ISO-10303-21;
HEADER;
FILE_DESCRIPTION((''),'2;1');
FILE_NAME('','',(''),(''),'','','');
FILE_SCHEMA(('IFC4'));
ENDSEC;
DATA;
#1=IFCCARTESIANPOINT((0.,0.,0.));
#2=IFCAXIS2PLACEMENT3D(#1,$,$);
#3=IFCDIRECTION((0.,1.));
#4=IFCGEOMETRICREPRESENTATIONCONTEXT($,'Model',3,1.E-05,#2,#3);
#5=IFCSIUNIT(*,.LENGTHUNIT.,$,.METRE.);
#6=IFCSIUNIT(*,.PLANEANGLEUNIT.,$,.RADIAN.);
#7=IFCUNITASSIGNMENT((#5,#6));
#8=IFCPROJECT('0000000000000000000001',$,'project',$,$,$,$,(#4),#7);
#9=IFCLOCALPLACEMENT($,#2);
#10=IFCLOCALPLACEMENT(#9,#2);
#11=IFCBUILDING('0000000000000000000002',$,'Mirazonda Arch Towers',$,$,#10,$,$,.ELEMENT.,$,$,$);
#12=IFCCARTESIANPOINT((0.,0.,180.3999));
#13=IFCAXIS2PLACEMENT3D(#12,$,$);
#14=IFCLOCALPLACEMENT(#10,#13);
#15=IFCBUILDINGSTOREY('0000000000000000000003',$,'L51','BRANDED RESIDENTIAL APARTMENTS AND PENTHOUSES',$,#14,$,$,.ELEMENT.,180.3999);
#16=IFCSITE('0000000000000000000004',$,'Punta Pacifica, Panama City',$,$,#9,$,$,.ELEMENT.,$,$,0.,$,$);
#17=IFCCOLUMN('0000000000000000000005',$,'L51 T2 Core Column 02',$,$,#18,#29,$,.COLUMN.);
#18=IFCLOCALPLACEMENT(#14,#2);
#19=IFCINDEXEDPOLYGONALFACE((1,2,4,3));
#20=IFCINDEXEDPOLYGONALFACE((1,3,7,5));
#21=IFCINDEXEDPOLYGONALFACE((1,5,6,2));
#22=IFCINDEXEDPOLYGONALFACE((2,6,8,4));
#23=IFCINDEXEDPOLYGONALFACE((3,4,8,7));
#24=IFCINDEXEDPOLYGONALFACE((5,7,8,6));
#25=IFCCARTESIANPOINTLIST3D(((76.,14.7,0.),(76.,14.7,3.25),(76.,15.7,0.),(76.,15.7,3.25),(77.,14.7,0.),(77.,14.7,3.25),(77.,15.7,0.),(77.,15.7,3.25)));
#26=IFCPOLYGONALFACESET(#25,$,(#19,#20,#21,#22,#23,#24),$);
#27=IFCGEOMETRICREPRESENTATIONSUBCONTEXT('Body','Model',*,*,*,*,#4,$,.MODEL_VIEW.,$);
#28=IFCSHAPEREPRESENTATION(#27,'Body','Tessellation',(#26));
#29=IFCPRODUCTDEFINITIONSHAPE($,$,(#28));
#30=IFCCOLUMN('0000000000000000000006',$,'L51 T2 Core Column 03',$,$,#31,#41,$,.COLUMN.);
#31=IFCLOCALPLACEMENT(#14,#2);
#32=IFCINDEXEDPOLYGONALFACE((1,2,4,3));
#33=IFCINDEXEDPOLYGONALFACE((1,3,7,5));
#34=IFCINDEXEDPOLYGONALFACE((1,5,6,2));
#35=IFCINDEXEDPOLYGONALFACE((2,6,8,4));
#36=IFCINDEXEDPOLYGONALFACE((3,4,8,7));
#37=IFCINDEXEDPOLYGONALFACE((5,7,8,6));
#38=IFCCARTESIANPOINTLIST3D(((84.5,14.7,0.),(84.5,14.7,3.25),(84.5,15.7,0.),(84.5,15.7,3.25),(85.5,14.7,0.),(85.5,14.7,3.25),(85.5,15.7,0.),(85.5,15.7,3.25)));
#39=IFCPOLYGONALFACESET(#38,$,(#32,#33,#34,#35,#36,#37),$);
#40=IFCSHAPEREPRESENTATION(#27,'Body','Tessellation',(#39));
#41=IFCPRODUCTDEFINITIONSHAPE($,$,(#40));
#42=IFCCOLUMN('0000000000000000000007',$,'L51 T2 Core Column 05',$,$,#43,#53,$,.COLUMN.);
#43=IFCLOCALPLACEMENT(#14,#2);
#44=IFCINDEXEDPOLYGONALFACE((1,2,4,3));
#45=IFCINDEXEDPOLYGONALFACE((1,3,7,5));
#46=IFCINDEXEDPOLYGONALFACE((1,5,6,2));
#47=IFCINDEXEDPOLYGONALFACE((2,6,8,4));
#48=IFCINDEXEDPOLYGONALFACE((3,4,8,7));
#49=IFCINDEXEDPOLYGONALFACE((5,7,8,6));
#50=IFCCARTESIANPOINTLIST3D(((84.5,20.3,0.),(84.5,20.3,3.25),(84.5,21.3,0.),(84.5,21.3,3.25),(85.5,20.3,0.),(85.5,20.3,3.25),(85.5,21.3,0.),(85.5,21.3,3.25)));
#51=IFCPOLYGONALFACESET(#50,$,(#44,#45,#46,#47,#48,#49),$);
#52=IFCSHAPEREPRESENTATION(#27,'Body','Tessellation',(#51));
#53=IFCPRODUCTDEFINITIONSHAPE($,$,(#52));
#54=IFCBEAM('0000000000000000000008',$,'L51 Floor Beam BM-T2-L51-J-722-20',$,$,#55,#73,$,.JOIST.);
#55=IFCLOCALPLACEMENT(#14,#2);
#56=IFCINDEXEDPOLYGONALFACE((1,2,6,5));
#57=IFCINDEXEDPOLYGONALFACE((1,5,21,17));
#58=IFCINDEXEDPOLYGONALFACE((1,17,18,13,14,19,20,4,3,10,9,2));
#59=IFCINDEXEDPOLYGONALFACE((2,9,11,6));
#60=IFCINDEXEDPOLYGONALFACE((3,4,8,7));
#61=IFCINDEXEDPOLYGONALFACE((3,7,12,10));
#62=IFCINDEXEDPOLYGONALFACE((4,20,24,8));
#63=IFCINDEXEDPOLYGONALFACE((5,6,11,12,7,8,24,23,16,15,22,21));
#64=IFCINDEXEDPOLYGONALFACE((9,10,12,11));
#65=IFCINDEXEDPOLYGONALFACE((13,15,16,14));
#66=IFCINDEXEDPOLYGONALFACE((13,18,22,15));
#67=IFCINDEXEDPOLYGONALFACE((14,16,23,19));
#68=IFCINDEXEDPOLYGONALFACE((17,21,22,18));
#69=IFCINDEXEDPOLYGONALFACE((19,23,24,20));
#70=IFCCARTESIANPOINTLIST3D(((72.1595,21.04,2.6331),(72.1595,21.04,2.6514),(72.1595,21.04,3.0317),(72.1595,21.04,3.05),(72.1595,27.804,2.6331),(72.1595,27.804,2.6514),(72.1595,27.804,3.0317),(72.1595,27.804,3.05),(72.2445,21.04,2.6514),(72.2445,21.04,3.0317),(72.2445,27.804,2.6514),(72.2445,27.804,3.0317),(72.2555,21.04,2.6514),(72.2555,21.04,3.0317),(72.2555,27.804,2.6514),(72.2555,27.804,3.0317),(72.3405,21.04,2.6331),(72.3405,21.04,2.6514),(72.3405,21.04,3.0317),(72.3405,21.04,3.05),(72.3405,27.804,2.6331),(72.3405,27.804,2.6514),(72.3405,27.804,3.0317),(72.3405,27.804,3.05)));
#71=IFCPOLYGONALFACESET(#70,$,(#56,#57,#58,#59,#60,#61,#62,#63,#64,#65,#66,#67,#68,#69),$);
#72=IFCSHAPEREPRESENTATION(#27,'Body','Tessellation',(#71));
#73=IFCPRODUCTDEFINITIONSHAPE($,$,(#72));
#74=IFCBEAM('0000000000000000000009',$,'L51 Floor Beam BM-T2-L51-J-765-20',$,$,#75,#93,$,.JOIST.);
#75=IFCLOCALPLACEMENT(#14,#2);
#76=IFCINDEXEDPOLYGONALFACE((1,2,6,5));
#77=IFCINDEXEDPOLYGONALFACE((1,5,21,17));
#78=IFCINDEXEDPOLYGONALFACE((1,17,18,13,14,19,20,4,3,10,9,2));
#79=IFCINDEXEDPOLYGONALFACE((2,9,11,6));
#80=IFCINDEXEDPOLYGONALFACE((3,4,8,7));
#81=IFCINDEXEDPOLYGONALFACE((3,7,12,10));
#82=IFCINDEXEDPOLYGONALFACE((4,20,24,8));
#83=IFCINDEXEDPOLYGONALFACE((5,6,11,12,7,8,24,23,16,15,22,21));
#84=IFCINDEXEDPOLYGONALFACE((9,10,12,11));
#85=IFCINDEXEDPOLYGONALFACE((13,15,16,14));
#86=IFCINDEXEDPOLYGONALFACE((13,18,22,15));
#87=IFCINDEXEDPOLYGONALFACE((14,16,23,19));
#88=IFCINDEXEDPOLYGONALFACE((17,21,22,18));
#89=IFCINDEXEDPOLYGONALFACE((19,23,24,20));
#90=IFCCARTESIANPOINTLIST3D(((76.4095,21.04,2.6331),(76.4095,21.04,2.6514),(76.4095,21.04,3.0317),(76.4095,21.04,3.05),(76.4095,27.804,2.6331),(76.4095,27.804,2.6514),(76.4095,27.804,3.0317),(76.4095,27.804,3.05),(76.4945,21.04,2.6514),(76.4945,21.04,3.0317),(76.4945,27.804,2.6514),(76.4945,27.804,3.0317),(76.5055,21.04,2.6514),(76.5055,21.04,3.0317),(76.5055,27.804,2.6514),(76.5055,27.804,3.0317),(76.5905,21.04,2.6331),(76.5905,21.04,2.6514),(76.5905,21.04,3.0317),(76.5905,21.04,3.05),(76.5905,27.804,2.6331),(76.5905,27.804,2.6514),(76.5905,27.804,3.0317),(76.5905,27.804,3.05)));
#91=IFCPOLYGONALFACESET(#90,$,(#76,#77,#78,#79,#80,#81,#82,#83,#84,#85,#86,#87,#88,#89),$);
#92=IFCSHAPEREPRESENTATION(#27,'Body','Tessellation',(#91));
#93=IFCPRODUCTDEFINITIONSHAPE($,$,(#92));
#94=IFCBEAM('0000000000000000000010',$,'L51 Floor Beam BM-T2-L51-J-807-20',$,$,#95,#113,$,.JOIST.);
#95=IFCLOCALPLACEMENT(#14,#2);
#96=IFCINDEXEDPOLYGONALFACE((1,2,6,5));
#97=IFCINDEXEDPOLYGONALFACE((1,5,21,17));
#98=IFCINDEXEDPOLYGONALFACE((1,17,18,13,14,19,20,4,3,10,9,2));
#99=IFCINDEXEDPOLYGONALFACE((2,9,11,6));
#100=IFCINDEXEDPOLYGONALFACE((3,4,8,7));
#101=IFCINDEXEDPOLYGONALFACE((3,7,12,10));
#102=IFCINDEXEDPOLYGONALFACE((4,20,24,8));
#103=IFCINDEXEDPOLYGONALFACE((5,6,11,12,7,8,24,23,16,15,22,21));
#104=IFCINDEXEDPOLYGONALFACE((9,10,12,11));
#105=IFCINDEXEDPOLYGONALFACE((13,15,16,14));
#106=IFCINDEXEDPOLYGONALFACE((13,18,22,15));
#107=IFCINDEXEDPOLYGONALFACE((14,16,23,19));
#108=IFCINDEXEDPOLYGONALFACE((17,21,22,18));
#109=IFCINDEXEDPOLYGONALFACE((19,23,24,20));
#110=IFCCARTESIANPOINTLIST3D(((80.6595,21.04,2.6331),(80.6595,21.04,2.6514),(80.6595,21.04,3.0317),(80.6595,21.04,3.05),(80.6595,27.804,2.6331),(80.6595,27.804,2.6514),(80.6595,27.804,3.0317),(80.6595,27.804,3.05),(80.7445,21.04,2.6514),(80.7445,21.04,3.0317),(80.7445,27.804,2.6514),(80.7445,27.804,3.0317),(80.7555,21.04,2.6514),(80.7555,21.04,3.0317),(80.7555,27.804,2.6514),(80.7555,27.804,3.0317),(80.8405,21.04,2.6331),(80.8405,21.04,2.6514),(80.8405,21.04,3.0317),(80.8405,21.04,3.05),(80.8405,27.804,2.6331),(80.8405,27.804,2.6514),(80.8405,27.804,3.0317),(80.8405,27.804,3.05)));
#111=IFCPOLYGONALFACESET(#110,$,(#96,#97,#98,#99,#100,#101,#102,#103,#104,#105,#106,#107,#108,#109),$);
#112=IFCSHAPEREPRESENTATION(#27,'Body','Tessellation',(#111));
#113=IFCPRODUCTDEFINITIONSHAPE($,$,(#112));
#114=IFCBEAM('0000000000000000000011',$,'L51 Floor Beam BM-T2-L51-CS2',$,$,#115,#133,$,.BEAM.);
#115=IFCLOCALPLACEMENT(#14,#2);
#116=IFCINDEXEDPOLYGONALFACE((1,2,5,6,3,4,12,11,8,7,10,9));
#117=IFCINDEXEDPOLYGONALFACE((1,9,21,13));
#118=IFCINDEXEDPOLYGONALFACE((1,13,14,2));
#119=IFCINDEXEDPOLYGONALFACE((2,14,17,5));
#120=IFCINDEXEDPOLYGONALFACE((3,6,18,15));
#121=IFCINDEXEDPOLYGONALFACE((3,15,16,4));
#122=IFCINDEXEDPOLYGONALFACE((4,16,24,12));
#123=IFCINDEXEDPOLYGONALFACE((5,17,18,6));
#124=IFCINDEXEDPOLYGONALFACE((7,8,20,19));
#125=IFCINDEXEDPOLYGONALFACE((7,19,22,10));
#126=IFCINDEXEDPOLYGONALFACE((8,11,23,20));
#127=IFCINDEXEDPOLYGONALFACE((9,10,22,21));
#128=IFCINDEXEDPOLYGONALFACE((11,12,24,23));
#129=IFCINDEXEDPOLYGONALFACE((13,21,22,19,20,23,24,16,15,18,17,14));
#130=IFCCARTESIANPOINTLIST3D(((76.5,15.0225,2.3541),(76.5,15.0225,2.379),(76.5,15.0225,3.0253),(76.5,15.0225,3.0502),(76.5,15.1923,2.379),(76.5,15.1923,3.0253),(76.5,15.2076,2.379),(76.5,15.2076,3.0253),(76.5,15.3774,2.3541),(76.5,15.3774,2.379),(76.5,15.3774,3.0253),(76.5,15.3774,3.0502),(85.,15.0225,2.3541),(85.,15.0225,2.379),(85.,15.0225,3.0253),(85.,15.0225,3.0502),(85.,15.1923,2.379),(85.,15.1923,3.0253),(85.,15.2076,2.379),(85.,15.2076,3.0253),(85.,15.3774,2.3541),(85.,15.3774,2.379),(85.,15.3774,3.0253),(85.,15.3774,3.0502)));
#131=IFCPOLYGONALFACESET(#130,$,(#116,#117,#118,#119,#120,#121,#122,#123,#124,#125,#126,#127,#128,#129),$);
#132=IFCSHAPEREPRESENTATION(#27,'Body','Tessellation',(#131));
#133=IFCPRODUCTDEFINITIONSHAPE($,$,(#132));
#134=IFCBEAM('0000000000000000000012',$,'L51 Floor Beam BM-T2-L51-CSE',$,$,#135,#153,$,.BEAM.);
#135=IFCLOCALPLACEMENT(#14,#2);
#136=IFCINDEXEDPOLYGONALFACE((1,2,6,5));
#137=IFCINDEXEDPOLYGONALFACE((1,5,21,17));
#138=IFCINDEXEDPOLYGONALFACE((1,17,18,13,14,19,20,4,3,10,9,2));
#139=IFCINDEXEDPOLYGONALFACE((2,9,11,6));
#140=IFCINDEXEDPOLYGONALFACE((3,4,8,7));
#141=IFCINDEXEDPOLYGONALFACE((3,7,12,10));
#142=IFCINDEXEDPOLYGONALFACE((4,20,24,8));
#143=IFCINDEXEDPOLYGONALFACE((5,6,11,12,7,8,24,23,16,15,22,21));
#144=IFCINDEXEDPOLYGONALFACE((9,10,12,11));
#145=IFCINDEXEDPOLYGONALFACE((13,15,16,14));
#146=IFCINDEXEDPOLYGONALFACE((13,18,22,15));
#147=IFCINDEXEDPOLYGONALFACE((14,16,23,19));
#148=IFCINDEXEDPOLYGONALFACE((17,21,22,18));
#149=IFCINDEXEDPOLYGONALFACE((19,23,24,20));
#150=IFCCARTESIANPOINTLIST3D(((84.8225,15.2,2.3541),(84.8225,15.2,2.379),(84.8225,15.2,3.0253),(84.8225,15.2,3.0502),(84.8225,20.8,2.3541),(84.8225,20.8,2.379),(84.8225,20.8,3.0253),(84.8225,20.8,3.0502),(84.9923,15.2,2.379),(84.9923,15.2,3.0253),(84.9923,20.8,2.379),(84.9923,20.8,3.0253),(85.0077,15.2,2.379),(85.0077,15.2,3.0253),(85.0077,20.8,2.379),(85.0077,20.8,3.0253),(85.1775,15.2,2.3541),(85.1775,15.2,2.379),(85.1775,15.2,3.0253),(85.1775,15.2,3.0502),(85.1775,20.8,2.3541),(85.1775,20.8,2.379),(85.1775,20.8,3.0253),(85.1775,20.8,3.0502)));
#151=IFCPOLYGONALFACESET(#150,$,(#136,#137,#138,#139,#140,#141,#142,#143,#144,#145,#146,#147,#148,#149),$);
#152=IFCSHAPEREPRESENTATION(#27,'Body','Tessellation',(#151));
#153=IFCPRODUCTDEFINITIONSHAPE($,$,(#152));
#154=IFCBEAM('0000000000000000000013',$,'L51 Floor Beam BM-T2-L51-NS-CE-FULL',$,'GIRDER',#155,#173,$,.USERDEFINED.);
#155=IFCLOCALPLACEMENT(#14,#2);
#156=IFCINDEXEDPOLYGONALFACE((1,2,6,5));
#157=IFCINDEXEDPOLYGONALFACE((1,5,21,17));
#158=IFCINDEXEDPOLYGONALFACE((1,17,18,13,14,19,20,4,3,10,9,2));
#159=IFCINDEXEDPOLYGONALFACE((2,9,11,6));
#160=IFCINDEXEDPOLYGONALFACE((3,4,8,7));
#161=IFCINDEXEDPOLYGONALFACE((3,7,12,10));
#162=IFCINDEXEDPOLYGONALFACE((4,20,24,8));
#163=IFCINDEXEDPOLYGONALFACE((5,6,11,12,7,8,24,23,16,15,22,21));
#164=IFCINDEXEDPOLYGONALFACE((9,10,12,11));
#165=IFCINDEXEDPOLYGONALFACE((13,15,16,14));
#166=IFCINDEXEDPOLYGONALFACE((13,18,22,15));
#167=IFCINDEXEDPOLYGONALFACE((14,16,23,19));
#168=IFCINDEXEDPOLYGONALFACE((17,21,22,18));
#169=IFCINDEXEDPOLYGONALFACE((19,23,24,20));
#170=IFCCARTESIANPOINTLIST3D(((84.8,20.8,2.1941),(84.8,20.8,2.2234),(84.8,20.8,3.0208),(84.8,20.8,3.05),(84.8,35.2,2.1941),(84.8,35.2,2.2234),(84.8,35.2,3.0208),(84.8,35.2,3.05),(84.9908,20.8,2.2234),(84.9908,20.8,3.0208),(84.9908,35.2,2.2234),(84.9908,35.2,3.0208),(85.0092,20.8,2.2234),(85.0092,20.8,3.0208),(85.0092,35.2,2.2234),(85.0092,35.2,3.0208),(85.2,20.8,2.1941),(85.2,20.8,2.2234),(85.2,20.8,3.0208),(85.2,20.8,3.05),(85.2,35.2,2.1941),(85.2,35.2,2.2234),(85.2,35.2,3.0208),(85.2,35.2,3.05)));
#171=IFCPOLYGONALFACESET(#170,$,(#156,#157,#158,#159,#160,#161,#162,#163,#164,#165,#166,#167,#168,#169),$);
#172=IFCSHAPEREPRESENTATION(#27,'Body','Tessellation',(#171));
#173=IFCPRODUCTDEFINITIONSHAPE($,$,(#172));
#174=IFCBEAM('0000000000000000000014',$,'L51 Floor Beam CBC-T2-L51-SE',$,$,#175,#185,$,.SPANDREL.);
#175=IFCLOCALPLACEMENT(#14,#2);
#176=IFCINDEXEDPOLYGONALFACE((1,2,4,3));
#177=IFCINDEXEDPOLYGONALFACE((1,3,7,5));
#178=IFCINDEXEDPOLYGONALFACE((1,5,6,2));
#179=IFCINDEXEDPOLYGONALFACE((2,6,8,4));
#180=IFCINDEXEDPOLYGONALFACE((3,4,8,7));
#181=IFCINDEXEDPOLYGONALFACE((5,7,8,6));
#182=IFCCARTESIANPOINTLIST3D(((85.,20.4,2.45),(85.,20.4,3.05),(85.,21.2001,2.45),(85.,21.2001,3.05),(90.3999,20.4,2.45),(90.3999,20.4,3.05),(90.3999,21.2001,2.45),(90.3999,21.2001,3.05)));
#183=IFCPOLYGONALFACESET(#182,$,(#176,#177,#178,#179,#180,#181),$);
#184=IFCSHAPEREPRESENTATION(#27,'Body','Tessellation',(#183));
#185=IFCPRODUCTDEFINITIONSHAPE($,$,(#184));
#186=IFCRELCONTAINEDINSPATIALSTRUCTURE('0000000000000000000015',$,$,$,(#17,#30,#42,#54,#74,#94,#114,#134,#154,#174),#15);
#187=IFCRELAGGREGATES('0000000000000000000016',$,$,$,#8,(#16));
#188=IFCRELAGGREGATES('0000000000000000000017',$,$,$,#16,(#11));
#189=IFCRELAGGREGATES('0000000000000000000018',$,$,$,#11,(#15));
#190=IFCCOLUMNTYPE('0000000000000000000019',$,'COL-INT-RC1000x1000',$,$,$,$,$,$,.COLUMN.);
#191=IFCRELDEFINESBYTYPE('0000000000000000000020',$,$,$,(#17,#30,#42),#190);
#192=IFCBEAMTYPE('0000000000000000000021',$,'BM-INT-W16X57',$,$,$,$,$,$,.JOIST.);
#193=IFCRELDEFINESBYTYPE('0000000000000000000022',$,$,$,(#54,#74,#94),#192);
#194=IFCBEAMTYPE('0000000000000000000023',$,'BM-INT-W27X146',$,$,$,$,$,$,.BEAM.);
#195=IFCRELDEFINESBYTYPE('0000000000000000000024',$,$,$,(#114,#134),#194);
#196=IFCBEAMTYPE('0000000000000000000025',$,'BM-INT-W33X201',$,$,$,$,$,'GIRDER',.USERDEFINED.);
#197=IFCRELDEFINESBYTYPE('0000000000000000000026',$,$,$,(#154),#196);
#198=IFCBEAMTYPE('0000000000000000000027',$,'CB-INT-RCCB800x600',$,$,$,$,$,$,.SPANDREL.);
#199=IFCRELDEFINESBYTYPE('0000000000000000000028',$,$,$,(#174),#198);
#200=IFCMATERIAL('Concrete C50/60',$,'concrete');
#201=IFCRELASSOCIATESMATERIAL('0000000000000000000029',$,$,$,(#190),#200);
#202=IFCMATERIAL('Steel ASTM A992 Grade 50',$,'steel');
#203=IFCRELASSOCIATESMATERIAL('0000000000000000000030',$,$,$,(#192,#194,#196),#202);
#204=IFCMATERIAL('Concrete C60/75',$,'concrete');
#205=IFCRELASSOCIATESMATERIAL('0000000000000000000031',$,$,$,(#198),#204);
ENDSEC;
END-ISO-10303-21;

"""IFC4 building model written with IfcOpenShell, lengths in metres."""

from ifc_helpers import new_model, si_unit, direction, frame, origin, origin_2d, place, context, subcontext, project, spatial, rectangle, i_section, extrude, material, material_profile, profile_set, type_object, element, save


model = new_model("IFC4")

# Units and contexts
model_context = context("Model", 3, precision=1e-05, world=origin(), true_north=direction((0.0, 1.0)))
body_context = subcontext(model_context, "Body", "Model", "MODEL_VIEW")
ifc_project = project(units=[si_unit("LENGTHUNIT", "METRE"), si_unit("PLANEANGLEUNIT", "RADIAN")], contexts=[model_context])

# Site, building, storey
site_placement = place(None, origin())
site = spatial("IfcSite", under=ifc_project, at=site_placement, Name="Punta Pacifica, Panama City", CompositionType="ELEMENT", RefElevation=0.0)
building_placement = place(site_placement, origin())
building = spatial("IfcBuilding", under=site, at=building_placement, Name="Mirazonda Arch Towers", CompositionType="ELEMENT")
storey_placement = place(building_placement, frame((0.0, 0.0, 180.3999)))
storey = spatial("IfcBuildingStorey", under=building, at=storey_placement, Name="L51", Description="BRANDED RESIDENTIAL APARTMENTS AND PENTHOUSES", CompositionType="ELEMENT", Elevation=180.3999)

# Columns
ifc_material_1 = material(Name="Concrete C50/60", Category="concrete")
ifc_material_profile_1 = material_profile(ifc_material_1, rectangle(XDim=1.0, YDim=1.0, at=origin_2d()), Name="RC1000x1000")
ifc_profile_set_1 = profile_set([ifc_material_profile_1], Name="Concrete C50/60")
column_type = type_object("IfcColumnType", Name="COL-INT-RC1000x1000", PredefinedType="COLUMN", material=ifc_profile_set_1)
for number, where, z_axis, x_axis, name in (
    (1, (76.5, 15.2, 0.0), (0.0, 0.0, 1.0), (1.0, 0.0, 0.0), "L51 T2 Core Column 02"),
    (2, (85.0, 15.2, 0.0), (0.0, 0.0, 1.0), (1.0, 0.0, 0.0), "L51 T2 Core Column 03"),
    (3, (85.0, 20.8, 0.0), (0.0, 0.0, 1.0), (1.0, 0.0, 0.0), "L51 T2 Core Column 05"),
):
    element("IfcColumn", number, at=place(storey_placement, frame(where, z_axis=z_axis, x_axis=x_axis)), inside=storey, type_object=column_type, Name=name, PredefinedType="COLUMN", context=body_context, shape_type="SweptSolid", body=[
        extrude(rectangle(XDim=1.0, YDim=1.0, at=origin_2d()), origin(), (0.0, 0.0, 1.0), 3.25),
    ])

# Beams
ifc_material_2 = material(Name="Steel ASTM A992 Grade 50", Category="steel")
ifc_material_profile_2 = material_profile(ifc_material_2, i_section(OverallWidth=0.1809, OverallDepth=0.417, WebThickness=0.011, FlangeThickness=0.0183, at=origin_2d()), Name="W16X57")
ifc_profile_set_2 = profile_set([ifc_material_profile_2], Name="Steel ASTM A992 Grade 50")
beam_type_1 = type_object("IfcBeamType", Name="BM-INT-W16X57", PredefinedType="JOIST", material=ifc_profile_set_2)
for number, where, z_axis, x_axis, name in (
    (4, (72.25, 21.04, 2.8416), (0.0, 1.0, 0.0), (-1.0, 0.0, 0.0), "L51 Floor Beam BM-T2-L51-J-722-20"),
    (5, (76.5, 21.04, 2.8416), (0.0, 1.0, 0.0), (-1.0, 0.0, 0.0), "L51 Floor Beam BM-T2-L51-J-765-20"),
    (6, (80.75, 21.04, 2.8416), (0.0, 1.0, 0.0), (-1.0, 0.0, 0.0), "L51 Floor Beam BM-T2-L51-J-807-20"),
):
    element("IfcBeam", number, at=place(storey_placement, frame(where, z_axis=z_axis, x_axis=x_axis)), inside=storey, type_object=beam_type_1, Name=name, PredefinedType="JOIST", context=body_context, shape_type="SweptSolid", body=[
        extrude(i_section(OverallWidth=0.1809, OverallDepth=0.417, WebThickness=0.011, FlangeThickness=0.0183, at=origin_2d()), origin(), (0.0, 0.0, 1.0), 6.7639),
    ])
ifc_material_profile_3 = material_profile(ifc_material_2, i_section(OverallWidth=0.355, OverallDepth=0.696, WebThickness=0.0154, FlangeThickness=0.0249, at=origin_2d()), Name="W27X146")
ifc_profile_set_3 = profile_set([ifc_material_profile_3], Name="Steel ASTM A992 Grade 50")
beam_type_2 = type_object("IfcBeamType", Name="BM-INT-W27X146", PredefinedType="BEAM", material=ifc_profile_set_3)
beam_1_placement = place(storey_placement, frame((76.5, 15.2, 2.7021), z_axis=(1.0, 0.0, 0.0), x_axis=(0.0, 1.0, 0.0)))
element("IfcBeam", 7, at=beam_1_placement, inside=storey, type_object=beam_type_2, Name="L51 Floor Beam BM-T2-L51-CS2", PredefinedType="BEAM", context=body_context, shape_type="SweptSolid", body=[
    extrude(i_section(OverallWidth=0.355, OverallDepth=0.696, WebThickness=0.0154, FlangeThickness=0.0249, at=origin_2d()), origin(), (0.0, 0.0, 1.0), 8.5),
])
beam_2_placement = place(storey_placement, frame((85.0, 15.2, 2.7021), z_axis=(0.0, 1.0, 0.0), x_axis=(-1.0, 0.0, 0.0)))
element("IfcBeam", 8, at=beam_2_placement, inside=storey, type_object=beam_type_2, Name="L51 Floor Beam BM-T2-L51-CSE", PredefinedType="BEAM", context=body_context, shape_type="SweptSolid", body=[
    extrude(i_section(OverallWidth=0.355, OverallDepth=0.696, WebThickness=0.0154, FlangeThickness=0.0249, at=origin_2d()), origin(), (0.0, 0.0, 1.0), 5.6001),
])
ifc_material_profile_4 = material_profile(ifc_material_2, i_section(OverallWidth=0.3999, OverallDepth=0.856, WebThickness=0.0183, FlangeThickness=0.0293, at=origin_2d()), Name="W33X201")
ifc_profile_set_4 = profile_set([ifc_material_profile_4], Name="Steel ASTM A992 Grade 50")
beam_type_3 = type_object("IfcBeamType", Name="BM-INT-W33X201", ElementType="GIRDER", PredefinedType="USERDEFINED", material=ifc_profile_set_4)
beam_3_placement = place(storey_placement, frame((85.0, 20.8, 2.6221), z_axis=(0.0, 1.0, 0.0), x_axis=(-1.0, 0.0, 0.0)))
element("IfcBeam", 9, at=beam_3_placement, inside=storey, type_object=beam_type_3, Name="L51 Floor Beam BM-T2-L51-NS-CE-FULL", ObjectType="GIRDER", PredefinedType="USERDEFINED", context=body_context, shape_type="SweptSolid", body=[
    extrude(i_section(OverallWidth=0.3999, OverallDepth=0.856, WebThickness=0.0183, FlangeThickness=0.0293, at=origin_2d()), origin(), (0.0, 0.0, 1.0), 14.3999),
])
ifc_material_3 = material(Name="Concrete C60/75", Category="concrete")
ifc_material_profile_5 = material_profile(ifc_material_3, rectangle(XDim=0.8, YDim=0.6001, at=origin_2d()), Name="RCCB800x600")
ifc_profile_set_5 = profile_set([ifc_material_profile_5], Name="Concrete C60/75")
beam_type_4 = type_object("IfcBeamType", Name="CB-INT-RCCB800x600", PredefinedType="SPANDREL", material=ifc_profile_set_5)
beam_4_placement = place(storey_placement, frame((85.0, 20.8, 2.75), z_axis=(1.0, 0.0, 0.0), x_axis=(0.0, 1.0, 0.0)))
element("IfcBeam", 10, at=beam_4_placement, inside=storey, type_object=beam_type_4, Name="L51 Floor Beam CBC-T2-L51-SE", PredefinedType="SPANDREL", context=body_context, shape_type="SweptSolid", body=[
    extrude(rectangle(XDim=0.8, YDim=0.6001, at=origin_2d()), origin(), (0.0, 0.0, 1.0), 5.3999),
])

save(model, "model.ifc")
